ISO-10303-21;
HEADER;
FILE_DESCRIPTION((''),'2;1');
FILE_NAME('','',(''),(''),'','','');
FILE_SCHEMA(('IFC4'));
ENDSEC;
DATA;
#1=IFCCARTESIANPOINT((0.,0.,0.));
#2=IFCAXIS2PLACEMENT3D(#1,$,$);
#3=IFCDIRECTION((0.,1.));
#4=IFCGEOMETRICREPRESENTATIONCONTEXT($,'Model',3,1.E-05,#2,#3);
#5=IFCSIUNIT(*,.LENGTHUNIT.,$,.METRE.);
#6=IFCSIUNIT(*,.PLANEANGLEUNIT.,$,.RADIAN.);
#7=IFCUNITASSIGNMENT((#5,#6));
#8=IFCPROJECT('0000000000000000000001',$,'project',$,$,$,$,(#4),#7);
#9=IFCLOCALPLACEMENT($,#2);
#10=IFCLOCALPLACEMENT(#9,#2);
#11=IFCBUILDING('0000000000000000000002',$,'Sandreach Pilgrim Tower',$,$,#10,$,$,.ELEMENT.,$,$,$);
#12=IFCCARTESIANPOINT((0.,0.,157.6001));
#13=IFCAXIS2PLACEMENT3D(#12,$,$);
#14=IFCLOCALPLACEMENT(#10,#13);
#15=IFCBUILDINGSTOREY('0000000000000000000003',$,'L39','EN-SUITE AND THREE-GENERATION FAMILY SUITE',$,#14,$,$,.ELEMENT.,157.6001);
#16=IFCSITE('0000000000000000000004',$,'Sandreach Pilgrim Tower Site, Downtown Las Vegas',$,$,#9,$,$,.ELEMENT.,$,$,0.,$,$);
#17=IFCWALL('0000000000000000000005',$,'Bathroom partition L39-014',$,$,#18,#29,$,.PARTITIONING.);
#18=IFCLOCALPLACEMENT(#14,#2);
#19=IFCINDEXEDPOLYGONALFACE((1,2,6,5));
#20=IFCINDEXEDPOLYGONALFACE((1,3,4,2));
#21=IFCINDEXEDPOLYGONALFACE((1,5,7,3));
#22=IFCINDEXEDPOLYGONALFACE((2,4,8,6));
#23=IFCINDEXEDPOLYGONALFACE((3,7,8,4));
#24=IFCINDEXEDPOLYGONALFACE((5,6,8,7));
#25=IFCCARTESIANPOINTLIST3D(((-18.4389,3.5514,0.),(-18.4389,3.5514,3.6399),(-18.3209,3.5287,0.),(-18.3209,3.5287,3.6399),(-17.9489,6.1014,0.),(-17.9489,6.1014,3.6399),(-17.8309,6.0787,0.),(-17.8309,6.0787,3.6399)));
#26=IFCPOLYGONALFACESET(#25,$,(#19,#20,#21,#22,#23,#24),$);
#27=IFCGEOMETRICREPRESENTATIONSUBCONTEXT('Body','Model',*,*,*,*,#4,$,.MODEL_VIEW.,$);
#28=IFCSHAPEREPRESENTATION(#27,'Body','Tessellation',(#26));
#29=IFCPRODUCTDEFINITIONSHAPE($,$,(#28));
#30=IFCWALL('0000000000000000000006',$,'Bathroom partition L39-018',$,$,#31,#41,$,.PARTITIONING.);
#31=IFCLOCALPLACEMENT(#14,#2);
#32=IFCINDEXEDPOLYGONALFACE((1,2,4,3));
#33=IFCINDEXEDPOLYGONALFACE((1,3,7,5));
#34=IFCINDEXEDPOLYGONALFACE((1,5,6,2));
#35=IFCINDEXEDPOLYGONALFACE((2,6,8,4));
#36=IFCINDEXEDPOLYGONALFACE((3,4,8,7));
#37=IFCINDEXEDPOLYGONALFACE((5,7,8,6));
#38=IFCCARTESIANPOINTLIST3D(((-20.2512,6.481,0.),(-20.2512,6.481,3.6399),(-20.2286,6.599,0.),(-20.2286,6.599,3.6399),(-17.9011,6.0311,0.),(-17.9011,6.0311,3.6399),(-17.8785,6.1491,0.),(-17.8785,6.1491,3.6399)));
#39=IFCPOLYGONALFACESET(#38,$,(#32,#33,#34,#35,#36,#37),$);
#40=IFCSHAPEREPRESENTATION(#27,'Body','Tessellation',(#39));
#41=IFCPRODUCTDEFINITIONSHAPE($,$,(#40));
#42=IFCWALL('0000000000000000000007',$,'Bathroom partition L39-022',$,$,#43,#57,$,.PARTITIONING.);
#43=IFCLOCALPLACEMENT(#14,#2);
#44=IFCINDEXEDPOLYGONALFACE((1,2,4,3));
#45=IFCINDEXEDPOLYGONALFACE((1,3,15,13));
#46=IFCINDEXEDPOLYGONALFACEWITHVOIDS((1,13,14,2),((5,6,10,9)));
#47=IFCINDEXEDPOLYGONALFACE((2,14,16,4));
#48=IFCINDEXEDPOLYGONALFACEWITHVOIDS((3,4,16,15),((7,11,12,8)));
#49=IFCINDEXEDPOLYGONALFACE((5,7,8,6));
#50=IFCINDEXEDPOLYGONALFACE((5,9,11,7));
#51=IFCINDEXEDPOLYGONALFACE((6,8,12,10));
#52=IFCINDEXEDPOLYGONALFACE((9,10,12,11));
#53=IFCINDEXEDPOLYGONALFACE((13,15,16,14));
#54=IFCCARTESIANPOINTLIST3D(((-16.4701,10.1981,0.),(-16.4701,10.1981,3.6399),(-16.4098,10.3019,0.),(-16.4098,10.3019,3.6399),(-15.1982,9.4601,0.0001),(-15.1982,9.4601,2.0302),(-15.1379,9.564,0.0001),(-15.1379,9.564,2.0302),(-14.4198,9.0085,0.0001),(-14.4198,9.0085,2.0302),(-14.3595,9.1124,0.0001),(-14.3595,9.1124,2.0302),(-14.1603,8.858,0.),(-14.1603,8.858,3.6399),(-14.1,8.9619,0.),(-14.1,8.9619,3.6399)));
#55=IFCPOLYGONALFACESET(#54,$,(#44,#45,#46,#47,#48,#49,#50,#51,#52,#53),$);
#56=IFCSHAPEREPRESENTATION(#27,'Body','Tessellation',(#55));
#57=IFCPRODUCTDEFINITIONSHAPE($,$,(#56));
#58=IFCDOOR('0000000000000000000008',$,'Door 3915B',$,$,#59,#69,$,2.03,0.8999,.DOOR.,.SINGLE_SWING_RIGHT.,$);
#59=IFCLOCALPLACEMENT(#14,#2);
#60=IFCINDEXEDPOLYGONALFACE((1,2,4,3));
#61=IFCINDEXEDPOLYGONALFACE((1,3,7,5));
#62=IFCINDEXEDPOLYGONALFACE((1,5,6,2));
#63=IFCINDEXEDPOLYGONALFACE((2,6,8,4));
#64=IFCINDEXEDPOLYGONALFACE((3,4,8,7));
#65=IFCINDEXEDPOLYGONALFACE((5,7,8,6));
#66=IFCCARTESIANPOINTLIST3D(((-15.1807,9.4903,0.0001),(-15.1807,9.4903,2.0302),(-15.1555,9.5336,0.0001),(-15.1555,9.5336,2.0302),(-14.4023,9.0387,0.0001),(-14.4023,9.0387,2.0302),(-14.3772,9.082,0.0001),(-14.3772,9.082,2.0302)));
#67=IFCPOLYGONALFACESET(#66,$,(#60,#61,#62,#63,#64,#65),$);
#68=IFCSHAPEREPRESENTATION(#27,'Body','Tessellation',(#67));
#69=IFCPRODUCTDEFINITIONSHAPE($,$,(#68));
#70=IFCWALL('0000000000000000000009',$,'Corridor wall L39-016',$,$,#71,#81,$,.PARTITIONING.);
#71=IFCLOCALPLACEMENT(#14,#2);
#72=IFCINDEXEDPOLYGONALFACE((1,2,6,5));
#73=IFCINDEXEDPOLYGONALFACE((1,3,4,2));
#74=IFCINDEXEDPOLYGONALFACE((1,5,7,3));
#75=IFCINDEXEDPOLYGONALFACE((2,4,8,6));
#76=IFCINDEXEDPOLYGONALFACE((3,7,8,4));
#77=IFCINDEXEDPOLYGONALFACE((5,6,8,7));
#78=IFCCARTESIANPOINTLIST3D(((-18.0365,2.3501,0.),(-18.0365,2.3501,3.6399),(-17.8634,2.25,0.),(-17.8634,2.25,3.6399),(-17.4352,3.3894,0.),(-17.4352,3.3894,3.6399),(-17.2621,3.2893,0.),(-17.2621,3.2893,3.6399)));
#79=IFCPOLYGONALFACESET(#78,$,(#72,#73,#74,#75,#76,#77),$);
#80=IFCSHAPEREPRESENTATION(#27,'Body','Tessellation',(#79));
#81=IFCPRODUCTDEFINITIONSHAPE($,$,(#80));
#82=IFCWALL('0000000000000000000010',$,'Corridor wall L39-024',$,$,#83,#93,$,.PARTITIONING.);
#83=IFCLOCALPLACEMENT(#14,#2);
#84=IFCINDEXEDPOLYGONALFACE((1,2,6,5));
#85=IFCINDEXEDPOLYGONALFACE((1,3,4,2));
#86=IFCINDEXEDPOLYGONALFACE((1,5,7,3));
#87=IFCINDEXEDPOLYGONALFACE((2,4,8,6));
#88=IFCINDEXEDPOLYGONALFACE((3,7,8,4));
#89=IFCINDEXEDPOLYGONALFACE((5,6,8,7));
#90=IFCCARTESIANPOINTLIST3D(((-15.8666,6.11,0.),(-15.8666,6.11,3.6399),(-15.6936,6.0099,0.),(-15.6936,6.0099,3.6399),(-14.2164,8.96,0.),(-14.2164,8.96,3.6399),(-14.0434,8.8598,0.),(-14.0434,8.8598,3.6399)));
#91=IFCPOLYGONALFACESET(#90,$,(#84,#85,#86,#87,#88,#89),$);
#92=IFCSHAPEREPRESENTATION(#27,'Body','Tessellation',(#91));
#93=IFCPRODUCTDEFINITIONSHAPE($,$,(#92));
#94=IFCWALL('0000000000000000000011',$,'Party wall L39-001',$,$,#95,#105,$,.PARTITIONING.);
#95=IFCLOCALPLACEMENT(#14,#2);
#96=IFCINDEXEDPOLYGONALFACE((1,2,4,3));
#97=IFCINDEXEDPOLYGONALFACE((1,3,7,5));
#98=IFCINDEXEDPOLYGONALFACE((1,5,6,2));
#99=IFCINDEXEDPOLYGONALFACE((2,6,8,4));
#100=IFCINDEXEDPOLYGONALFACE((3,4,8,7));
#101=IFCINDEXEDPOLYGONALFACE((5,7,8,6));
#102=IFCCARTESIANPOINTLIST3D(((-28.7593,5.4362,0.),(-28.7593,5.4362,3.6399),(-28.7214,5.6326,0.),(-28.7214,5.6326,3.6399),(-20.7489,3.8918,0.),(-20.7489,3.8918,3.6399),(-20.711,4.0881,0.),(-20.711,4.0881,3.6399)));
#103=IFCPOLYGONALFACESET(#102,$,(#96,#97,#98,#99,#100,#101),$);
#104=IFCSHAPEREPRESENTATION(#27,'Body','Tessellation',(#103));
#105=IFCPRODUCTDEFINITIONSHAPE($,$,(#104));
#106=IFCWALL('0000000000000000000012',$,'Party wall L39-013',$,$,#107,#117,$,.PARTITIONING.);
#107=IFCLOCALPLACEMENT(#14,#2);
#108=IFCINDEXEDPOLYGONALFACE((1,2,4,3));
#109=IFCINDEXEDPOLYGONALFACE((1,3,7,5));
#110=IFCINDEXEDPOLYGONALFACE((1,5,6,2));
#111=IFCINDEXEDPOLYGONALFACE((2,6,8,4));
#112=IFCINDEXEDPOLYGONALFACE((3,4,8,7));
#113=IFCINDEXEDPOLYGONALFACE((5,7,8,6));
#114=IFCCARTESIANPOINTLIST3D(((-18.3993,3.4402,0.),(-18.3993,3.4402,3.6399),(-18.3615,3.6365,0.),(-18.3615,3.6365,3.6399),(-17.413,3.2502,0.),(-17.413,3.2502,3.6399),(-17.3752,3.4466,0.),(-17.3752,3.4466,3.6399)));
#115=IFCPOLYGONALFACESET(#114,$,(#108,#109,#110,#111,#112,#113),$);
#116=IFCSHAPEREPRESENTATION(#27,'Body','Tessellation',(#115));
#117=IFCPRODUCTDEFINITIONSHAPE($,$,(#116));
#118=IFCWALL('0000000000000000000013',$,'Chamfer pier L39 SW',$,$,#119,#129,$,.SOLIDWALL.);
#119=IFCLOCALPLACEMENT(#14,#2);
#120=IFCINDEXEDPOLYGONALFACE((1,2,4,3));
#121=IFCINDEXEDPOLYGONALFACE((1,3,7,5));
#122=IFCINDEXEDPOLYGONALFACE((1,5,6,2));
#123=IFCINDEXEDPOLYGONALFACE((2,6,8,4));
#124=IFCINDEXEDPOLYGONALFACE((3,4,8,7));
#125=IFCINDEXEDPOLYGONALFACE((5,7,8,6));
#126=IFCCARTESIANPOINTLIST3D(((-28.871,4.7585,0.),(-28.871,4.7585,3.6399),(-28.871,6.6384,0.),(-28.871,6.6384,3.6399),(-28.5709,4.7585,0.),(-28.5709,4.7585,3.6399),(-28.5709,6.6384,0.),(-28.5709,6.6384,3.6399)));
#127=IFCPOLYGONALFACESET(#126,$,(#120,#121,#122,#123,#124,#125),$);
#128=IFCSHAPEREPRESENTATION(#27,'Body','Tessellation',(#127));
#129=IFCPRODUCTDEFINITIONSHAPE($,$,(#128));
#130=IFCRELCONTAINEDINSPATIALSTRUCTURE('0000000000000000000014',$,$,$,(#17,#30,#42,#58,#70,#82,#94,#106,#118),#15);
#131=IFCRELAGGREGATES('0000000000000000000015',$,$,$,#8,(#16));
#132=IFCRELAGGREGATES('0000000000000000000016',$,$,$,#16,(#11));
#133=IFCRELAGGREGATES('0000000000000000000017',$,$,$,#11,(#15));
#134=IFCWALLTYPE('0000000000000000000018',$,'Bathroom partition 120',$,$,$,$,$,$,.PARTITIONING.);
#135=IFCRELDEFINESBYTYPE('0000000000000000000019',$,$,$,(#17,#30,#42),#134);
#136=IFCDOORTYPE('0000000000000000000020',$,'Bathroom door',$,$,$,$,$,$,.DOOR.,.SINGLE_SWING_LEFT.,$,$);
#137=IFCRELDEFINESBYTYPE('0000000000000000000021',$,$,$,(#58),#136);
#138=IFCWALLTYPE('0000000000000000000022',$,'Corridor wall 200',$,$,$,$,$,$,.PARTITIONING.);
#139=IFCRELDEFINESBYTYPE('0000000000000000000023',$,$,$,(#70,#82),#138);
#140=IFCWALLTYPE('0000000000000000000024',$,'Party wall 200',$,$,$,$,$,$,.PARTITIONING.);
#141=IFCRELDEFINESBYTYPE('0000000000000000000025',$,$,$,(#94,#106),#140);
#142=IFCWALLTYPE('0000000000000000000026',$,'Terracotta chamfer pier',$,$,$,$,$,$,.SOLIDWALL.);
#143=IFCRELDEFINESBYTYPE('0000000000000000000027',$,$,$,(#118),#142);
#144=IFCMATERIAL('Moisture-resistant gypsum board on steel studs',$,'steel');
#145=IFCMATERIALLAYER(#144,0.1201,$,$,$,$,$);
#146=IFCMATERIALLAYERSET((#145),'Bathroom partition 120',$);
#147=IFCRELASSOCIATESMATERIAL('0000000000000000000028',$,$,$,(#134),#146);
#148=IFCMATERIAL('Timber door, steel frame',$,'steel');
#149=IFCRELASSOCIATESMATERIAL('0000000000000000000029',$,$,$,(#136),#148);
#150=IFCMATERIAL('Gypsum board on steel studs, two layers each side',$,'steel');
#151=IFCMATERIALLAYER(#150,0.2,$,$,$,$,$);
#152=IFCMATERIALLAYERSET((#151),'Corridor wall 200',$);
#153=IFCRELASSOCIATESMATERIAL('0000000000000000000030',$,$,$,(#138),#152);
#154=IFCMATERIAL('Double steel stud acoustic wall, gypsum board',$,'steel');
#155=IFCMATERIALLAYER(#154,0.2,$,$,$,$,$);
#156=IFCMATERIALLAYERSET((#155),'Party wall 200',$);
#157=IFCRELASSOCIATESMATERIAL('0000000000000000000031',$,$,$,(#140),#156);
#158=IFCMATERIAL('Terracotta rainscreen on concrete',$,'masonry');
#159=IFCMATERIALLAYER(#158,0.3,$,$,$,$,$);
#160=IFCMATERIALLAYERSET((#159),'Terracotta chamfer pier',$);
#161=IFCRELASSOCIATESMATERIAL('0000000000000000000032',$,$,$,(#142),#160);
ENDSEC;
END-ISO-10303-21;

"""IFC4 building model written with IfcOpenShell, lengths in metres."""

from ifc_helpers import new_model, si_unit, direction, frame, frame_2d, origin, place, context, subcontext, project, spatial, rectangle, extrude, material, layer, layer_set, type_object, element, fill, save


model = new_model("IFC4")

# Units and contexts
model_context = context("Model", 3, precision=1e-05, world=origin(), true_north=direction((0.0, 1.0)))
body_context = subcontext(model_context, "Body", "Model", "MODEL_VIEW")
ifc_project = project(units=[si_unit("LENGTHUNIT", "METRE"), si_unit("PLANEANGLEUNIT", "RADIAN")], contexts=[model_context])

# Site, building, storey
site_placement = place(None, origin())
site = spatial("IfcSite", under=ifc_project, at=site_placement, Name="Sandreach Pilgrim Tower Site, Downtown Las Vegas", CompositionType="ELEMENT", RefElevation=0.0)
building_placement = place(site_placement, origin())
building = spatial("IfcBuilding", under=site, at=building_placement, Name="Sandreach Pilgrim Tower", CompositionType="ELEMENT")
storey_placement = place(building_placement, frame((0.0, 0.0, 157.6001)))
storey = spatial("IfcBuildingStorey", under=building, at=storey_placement, Name="L39", Description="EN-SUITE AND THREE-GENERATION FAMILY SUITE", CompositionType="ELEMENT", Elevation=157.6001)

# Shared definitions
ifc_material_1 = material(Name="Moisture-resistant gypsum board on steel studs", Category="steel")
ifc_layer_1 = layer(ifc_material_1, 0.1201)
ifc_layer_set_1 = layer_set([ifc_layer_1], Name="Bathroom partition 120")
wall_type_1 = type_object("IfcWallType", Name="Bathroom partition 120", PredefinedType="PARTITIONING", material=ifc_layer_set_1)

# Shared definitions
ifc_material_2 = material(Name="Timber door, steel frame", Category="steel")
door_type_1 = type_object("IfcDoorType", Name="Bathroom door", OperationType="SINGLE_SWING_LEFT", PredefinedType="DOOR", material=ifc_material_2)

# Walls
wall_1_placement = place(storey_placement, frame((-18.3799, 3.54, 0.0), z_axis=(0.0, 0.0, 1.0), x_axis=(0.188697, 0.982035, 0.0)))
element("IfcWall", 1, at=wall_1_placement, inside=storey, type_object=wall_type_1, Name="Bathroom partition L39-014", PredefinedType="PARTITIONING", context=body_context, shape_type="SweptSolid", body=[
    extrude(rectangle(XDim=2.5967, YDim=0.1201, at=frame_2d((1.2983, 0.0))), origin(), (0.0, 0.0, 1.0), 3.6399),
])
wall_2_placement = place(storey_placement, frame((-17.8899, 6.0901, 0.0), z_axis=(0.0, 0.0, 1.0), x_axis=(-0.98216, 0.188045, 0.0)))
element("IfcWall", 2, at=wall_2_placement, inside=storey, type_object=wall_type_1, Name="Bathroom partition L39-018", PredefinedType="PARTITIONING", context=body_context, shape_type="SweptSolid", body=[
    extrude(rectangle(XDim=2.3928, YDim=0.1201, at=frame_2d((1.1963, 0.0))), origin(), (0.0, 0.0, 1.0), 3.6399),
])

# Wall, opening, door
wall_3_placement = place(storey_placement, frame((-16.4399, 10.25, 0.0), z_axis=(0.0, 0.0, 1.0), x_axis=(0.864967, -0.501829, 0.0)))
wall_3 = element("IfcWall", 3, at=wall_3_placement, inside=storey, type_object=wall_type_1, Name="Bathroom partition L39-022", PredefinedType="PARTITIONING", context=body_context, shape_type="SweptSolid", body=[
    extrude(rectangle(XDim=2.6704, YDim=0.1201, at=frame_2d((1.3352, 0.0))), origin(), (0.0, 0.0, 1.0), 3.6399),
])
opening_1_placement = place(wall_3_placement, frame((1.4705, 0.0, 0.0)))
opening_1 = element("IfcOpeningElement", 4, at=opening_1_placement, cuts=wall_3, PredefinedType="OPENING", context=body_context, shape_type="SweptSolid", body=[
    extrude(rectangle(XDim=0.8999, YDim=2.03, at=frame_2d((0.45, 1.0151))), frame((0.0, 0.0601, 0.0), z_axis=(0.0, -1.0, 0.0), x_axis=(1.0, 0.0, 0.0)), (0.0, 0.0, 1.0), 0.1201),
])
door_1_placement = place(opening_1_placement, origin())
door_1 = element("IfcDoor", 5, at=door_1_placement, inside=storey, type_object=door_type_1, Name="Door 3915B", OperationType="SINGLE_SWING_RIGHT", OverallHeight=2.03, OverallWidth=0.8999, PredefinedType="DOOR", context=body_context, shape_type="SweptSolid", body=[
    extrude(rectangle(XDim=0.8999, YDim=2.03, at=frame_2d((0.45, 1.0151))), frame((0.0, 0.0249, 0.0), z_axis=(0.0, -1.0, 0.0), x_axis=(1.0, 0.0, 0.0)), (0.0, 0.0, 1.0), 0.05),
])
fill(opening_1, door_1)

# Wall
ifc_material_3 = material(Name="Gypsum board on steel studs, two layers each side", Category="steel")
ifc_layer_2 = layer(ifc_material_3, 0.2)
ifc_layer_set_2 = layer_set([ifc_layer_2], Name="Corridor wall 200")
wall_type_2 = type_object("IfcWallType", Name="Corridor wall 200", PredefinedType="PARTITIONING", material=ifc_layer_set_2)
wall_4_placement = place(storey_placement, frame((-17.95, 2.3, 0.0), z_axis=(0.0, 0.0, 1.0), x_axis=(0.500796, 0.865565, 0.0)))
element("IfcWall", 6, at=wall_4_placement, inside=storey, type_object=wall_type_2, Name="Corridor wall L39-016", PredefinedType="PARTITIONING", context=body_context, shape_type="SweptSolid", body=[
    extrude(rectangle(XDim=1.2007, YDim=0.2, at=frame_2d((0.6003, 0.0))), origin(), (0.0, 0.0, 1.0), 3.6399),
])

# Walls
wall_5_placement = place(storey_placement, frame((-15.78, 6.0601, 0.0), z_axis=(0.0, 0.0, 1.0), x_axis=(0.501089, 0.865396, 0.0)))
element("IfcWall", 7, at=wall_5_placement, inside=storey, type_object=wall_type_2, Name="Corridor wall L39-024", PredefinedType="PARTITIONING", context=body_context, shape_type="SweptSolid", body=[
    extrude(rectangle(XDim=3.2932, YDim=0.2, at=frame_2d((1.6465, 0.0))), origin(), (0.0, 0.0, 1.0), 3.6399),
])
ifc_material_4 = material(Name="Double steel stud acoustic wall, gypsum board", Category="steel")
ifc_layer_3 = layer(ifc_material_4, 0.2)
ifc_layer_set_3 = layer_set([ifc_layer_3], Name="Party wall 200")
wall_type_3 = type_object("IfcWallType", Name="Party wall 200", PredefinedType="PARTITIONING", material=ifc_layer_set_3)
wall_6_placement = place(storey_placement, frame((-28.7405, 5.5344, 0.0), z_axis=(0.0, 0.0, 1.0), x_axis=(0.981916, -0.189315, 0.0)))
element("IfcWall", 8, at=wall_6_placement, inside=storey, type_object=wall_type_3, Name="Party wall L39-001", PredefinedType="PARTITIONING", context=body_context, shape_type="SweptSolid", body=[
    extrude(rectangle(XDim=8.158, YDim=0.2, at=frame_2d((4.0791, 0.0))), origin(), (0.0, 0.0, 1.0), 3.6399),
])
wall_7_placement = place(storey_placement, frame((-18.3804, 3.5383, 0.0), z_axis=(0.0, 0.0, 1.0), x_axis=(0.981958, -0.1891, 0.0)))
element("IfcWall", 9, at=wall_7_placement, inside=storey, type_object=wall_type_3, Name="Party wall L39-013", PredefinedType="PARTITIONING", context=body_context, shape_type="SweptSolid", body=[
    extrude(rectangle(XDim=1.0044, YDim=0.2, at=frame_2d((0.5022, 0.0))), origin(), (0.0, 0.0, 1.0), 3.6399),
])
ifc_material_5 = material(Name="Terracotta rainscreen on concrete", Category="masonry")
ifc_layer_4 = layer(ifc_material_5, 0.3)
ifc_layer_set_4 = layer_set([ifc_layer_4], Name="Terracotta chamfer pier")
wall_type_4 = type_object("IfcWallType", Name="Terracotta chamfer pier", PredefinedType="SOLIDWALL", material=ifc_layer_set_4)
wall_8_placement = place(storey_placement, frame((-28.7209, 4.7585, 0.0), z_axis=(0.0, 0.0, 1.0), x_axis=(0.0, 1.0, 0.0)))
element("IfcWall", 10, at=wall_8_placement, inside=storey, type_object=wall_type_4, Name="Chamfer pier L39 SW", PredefinedType="SOLIDWALL", context=body_context, shape_type="SweptSolid", body=[
    extrude(rectangle(XDim=1.8799, YDim=0.3, at=frame_2d((0.9399, 0.0))), origin(), (0.0, 0.0, 1.0), 3.6399),
])

save(model, "model.ifc")
